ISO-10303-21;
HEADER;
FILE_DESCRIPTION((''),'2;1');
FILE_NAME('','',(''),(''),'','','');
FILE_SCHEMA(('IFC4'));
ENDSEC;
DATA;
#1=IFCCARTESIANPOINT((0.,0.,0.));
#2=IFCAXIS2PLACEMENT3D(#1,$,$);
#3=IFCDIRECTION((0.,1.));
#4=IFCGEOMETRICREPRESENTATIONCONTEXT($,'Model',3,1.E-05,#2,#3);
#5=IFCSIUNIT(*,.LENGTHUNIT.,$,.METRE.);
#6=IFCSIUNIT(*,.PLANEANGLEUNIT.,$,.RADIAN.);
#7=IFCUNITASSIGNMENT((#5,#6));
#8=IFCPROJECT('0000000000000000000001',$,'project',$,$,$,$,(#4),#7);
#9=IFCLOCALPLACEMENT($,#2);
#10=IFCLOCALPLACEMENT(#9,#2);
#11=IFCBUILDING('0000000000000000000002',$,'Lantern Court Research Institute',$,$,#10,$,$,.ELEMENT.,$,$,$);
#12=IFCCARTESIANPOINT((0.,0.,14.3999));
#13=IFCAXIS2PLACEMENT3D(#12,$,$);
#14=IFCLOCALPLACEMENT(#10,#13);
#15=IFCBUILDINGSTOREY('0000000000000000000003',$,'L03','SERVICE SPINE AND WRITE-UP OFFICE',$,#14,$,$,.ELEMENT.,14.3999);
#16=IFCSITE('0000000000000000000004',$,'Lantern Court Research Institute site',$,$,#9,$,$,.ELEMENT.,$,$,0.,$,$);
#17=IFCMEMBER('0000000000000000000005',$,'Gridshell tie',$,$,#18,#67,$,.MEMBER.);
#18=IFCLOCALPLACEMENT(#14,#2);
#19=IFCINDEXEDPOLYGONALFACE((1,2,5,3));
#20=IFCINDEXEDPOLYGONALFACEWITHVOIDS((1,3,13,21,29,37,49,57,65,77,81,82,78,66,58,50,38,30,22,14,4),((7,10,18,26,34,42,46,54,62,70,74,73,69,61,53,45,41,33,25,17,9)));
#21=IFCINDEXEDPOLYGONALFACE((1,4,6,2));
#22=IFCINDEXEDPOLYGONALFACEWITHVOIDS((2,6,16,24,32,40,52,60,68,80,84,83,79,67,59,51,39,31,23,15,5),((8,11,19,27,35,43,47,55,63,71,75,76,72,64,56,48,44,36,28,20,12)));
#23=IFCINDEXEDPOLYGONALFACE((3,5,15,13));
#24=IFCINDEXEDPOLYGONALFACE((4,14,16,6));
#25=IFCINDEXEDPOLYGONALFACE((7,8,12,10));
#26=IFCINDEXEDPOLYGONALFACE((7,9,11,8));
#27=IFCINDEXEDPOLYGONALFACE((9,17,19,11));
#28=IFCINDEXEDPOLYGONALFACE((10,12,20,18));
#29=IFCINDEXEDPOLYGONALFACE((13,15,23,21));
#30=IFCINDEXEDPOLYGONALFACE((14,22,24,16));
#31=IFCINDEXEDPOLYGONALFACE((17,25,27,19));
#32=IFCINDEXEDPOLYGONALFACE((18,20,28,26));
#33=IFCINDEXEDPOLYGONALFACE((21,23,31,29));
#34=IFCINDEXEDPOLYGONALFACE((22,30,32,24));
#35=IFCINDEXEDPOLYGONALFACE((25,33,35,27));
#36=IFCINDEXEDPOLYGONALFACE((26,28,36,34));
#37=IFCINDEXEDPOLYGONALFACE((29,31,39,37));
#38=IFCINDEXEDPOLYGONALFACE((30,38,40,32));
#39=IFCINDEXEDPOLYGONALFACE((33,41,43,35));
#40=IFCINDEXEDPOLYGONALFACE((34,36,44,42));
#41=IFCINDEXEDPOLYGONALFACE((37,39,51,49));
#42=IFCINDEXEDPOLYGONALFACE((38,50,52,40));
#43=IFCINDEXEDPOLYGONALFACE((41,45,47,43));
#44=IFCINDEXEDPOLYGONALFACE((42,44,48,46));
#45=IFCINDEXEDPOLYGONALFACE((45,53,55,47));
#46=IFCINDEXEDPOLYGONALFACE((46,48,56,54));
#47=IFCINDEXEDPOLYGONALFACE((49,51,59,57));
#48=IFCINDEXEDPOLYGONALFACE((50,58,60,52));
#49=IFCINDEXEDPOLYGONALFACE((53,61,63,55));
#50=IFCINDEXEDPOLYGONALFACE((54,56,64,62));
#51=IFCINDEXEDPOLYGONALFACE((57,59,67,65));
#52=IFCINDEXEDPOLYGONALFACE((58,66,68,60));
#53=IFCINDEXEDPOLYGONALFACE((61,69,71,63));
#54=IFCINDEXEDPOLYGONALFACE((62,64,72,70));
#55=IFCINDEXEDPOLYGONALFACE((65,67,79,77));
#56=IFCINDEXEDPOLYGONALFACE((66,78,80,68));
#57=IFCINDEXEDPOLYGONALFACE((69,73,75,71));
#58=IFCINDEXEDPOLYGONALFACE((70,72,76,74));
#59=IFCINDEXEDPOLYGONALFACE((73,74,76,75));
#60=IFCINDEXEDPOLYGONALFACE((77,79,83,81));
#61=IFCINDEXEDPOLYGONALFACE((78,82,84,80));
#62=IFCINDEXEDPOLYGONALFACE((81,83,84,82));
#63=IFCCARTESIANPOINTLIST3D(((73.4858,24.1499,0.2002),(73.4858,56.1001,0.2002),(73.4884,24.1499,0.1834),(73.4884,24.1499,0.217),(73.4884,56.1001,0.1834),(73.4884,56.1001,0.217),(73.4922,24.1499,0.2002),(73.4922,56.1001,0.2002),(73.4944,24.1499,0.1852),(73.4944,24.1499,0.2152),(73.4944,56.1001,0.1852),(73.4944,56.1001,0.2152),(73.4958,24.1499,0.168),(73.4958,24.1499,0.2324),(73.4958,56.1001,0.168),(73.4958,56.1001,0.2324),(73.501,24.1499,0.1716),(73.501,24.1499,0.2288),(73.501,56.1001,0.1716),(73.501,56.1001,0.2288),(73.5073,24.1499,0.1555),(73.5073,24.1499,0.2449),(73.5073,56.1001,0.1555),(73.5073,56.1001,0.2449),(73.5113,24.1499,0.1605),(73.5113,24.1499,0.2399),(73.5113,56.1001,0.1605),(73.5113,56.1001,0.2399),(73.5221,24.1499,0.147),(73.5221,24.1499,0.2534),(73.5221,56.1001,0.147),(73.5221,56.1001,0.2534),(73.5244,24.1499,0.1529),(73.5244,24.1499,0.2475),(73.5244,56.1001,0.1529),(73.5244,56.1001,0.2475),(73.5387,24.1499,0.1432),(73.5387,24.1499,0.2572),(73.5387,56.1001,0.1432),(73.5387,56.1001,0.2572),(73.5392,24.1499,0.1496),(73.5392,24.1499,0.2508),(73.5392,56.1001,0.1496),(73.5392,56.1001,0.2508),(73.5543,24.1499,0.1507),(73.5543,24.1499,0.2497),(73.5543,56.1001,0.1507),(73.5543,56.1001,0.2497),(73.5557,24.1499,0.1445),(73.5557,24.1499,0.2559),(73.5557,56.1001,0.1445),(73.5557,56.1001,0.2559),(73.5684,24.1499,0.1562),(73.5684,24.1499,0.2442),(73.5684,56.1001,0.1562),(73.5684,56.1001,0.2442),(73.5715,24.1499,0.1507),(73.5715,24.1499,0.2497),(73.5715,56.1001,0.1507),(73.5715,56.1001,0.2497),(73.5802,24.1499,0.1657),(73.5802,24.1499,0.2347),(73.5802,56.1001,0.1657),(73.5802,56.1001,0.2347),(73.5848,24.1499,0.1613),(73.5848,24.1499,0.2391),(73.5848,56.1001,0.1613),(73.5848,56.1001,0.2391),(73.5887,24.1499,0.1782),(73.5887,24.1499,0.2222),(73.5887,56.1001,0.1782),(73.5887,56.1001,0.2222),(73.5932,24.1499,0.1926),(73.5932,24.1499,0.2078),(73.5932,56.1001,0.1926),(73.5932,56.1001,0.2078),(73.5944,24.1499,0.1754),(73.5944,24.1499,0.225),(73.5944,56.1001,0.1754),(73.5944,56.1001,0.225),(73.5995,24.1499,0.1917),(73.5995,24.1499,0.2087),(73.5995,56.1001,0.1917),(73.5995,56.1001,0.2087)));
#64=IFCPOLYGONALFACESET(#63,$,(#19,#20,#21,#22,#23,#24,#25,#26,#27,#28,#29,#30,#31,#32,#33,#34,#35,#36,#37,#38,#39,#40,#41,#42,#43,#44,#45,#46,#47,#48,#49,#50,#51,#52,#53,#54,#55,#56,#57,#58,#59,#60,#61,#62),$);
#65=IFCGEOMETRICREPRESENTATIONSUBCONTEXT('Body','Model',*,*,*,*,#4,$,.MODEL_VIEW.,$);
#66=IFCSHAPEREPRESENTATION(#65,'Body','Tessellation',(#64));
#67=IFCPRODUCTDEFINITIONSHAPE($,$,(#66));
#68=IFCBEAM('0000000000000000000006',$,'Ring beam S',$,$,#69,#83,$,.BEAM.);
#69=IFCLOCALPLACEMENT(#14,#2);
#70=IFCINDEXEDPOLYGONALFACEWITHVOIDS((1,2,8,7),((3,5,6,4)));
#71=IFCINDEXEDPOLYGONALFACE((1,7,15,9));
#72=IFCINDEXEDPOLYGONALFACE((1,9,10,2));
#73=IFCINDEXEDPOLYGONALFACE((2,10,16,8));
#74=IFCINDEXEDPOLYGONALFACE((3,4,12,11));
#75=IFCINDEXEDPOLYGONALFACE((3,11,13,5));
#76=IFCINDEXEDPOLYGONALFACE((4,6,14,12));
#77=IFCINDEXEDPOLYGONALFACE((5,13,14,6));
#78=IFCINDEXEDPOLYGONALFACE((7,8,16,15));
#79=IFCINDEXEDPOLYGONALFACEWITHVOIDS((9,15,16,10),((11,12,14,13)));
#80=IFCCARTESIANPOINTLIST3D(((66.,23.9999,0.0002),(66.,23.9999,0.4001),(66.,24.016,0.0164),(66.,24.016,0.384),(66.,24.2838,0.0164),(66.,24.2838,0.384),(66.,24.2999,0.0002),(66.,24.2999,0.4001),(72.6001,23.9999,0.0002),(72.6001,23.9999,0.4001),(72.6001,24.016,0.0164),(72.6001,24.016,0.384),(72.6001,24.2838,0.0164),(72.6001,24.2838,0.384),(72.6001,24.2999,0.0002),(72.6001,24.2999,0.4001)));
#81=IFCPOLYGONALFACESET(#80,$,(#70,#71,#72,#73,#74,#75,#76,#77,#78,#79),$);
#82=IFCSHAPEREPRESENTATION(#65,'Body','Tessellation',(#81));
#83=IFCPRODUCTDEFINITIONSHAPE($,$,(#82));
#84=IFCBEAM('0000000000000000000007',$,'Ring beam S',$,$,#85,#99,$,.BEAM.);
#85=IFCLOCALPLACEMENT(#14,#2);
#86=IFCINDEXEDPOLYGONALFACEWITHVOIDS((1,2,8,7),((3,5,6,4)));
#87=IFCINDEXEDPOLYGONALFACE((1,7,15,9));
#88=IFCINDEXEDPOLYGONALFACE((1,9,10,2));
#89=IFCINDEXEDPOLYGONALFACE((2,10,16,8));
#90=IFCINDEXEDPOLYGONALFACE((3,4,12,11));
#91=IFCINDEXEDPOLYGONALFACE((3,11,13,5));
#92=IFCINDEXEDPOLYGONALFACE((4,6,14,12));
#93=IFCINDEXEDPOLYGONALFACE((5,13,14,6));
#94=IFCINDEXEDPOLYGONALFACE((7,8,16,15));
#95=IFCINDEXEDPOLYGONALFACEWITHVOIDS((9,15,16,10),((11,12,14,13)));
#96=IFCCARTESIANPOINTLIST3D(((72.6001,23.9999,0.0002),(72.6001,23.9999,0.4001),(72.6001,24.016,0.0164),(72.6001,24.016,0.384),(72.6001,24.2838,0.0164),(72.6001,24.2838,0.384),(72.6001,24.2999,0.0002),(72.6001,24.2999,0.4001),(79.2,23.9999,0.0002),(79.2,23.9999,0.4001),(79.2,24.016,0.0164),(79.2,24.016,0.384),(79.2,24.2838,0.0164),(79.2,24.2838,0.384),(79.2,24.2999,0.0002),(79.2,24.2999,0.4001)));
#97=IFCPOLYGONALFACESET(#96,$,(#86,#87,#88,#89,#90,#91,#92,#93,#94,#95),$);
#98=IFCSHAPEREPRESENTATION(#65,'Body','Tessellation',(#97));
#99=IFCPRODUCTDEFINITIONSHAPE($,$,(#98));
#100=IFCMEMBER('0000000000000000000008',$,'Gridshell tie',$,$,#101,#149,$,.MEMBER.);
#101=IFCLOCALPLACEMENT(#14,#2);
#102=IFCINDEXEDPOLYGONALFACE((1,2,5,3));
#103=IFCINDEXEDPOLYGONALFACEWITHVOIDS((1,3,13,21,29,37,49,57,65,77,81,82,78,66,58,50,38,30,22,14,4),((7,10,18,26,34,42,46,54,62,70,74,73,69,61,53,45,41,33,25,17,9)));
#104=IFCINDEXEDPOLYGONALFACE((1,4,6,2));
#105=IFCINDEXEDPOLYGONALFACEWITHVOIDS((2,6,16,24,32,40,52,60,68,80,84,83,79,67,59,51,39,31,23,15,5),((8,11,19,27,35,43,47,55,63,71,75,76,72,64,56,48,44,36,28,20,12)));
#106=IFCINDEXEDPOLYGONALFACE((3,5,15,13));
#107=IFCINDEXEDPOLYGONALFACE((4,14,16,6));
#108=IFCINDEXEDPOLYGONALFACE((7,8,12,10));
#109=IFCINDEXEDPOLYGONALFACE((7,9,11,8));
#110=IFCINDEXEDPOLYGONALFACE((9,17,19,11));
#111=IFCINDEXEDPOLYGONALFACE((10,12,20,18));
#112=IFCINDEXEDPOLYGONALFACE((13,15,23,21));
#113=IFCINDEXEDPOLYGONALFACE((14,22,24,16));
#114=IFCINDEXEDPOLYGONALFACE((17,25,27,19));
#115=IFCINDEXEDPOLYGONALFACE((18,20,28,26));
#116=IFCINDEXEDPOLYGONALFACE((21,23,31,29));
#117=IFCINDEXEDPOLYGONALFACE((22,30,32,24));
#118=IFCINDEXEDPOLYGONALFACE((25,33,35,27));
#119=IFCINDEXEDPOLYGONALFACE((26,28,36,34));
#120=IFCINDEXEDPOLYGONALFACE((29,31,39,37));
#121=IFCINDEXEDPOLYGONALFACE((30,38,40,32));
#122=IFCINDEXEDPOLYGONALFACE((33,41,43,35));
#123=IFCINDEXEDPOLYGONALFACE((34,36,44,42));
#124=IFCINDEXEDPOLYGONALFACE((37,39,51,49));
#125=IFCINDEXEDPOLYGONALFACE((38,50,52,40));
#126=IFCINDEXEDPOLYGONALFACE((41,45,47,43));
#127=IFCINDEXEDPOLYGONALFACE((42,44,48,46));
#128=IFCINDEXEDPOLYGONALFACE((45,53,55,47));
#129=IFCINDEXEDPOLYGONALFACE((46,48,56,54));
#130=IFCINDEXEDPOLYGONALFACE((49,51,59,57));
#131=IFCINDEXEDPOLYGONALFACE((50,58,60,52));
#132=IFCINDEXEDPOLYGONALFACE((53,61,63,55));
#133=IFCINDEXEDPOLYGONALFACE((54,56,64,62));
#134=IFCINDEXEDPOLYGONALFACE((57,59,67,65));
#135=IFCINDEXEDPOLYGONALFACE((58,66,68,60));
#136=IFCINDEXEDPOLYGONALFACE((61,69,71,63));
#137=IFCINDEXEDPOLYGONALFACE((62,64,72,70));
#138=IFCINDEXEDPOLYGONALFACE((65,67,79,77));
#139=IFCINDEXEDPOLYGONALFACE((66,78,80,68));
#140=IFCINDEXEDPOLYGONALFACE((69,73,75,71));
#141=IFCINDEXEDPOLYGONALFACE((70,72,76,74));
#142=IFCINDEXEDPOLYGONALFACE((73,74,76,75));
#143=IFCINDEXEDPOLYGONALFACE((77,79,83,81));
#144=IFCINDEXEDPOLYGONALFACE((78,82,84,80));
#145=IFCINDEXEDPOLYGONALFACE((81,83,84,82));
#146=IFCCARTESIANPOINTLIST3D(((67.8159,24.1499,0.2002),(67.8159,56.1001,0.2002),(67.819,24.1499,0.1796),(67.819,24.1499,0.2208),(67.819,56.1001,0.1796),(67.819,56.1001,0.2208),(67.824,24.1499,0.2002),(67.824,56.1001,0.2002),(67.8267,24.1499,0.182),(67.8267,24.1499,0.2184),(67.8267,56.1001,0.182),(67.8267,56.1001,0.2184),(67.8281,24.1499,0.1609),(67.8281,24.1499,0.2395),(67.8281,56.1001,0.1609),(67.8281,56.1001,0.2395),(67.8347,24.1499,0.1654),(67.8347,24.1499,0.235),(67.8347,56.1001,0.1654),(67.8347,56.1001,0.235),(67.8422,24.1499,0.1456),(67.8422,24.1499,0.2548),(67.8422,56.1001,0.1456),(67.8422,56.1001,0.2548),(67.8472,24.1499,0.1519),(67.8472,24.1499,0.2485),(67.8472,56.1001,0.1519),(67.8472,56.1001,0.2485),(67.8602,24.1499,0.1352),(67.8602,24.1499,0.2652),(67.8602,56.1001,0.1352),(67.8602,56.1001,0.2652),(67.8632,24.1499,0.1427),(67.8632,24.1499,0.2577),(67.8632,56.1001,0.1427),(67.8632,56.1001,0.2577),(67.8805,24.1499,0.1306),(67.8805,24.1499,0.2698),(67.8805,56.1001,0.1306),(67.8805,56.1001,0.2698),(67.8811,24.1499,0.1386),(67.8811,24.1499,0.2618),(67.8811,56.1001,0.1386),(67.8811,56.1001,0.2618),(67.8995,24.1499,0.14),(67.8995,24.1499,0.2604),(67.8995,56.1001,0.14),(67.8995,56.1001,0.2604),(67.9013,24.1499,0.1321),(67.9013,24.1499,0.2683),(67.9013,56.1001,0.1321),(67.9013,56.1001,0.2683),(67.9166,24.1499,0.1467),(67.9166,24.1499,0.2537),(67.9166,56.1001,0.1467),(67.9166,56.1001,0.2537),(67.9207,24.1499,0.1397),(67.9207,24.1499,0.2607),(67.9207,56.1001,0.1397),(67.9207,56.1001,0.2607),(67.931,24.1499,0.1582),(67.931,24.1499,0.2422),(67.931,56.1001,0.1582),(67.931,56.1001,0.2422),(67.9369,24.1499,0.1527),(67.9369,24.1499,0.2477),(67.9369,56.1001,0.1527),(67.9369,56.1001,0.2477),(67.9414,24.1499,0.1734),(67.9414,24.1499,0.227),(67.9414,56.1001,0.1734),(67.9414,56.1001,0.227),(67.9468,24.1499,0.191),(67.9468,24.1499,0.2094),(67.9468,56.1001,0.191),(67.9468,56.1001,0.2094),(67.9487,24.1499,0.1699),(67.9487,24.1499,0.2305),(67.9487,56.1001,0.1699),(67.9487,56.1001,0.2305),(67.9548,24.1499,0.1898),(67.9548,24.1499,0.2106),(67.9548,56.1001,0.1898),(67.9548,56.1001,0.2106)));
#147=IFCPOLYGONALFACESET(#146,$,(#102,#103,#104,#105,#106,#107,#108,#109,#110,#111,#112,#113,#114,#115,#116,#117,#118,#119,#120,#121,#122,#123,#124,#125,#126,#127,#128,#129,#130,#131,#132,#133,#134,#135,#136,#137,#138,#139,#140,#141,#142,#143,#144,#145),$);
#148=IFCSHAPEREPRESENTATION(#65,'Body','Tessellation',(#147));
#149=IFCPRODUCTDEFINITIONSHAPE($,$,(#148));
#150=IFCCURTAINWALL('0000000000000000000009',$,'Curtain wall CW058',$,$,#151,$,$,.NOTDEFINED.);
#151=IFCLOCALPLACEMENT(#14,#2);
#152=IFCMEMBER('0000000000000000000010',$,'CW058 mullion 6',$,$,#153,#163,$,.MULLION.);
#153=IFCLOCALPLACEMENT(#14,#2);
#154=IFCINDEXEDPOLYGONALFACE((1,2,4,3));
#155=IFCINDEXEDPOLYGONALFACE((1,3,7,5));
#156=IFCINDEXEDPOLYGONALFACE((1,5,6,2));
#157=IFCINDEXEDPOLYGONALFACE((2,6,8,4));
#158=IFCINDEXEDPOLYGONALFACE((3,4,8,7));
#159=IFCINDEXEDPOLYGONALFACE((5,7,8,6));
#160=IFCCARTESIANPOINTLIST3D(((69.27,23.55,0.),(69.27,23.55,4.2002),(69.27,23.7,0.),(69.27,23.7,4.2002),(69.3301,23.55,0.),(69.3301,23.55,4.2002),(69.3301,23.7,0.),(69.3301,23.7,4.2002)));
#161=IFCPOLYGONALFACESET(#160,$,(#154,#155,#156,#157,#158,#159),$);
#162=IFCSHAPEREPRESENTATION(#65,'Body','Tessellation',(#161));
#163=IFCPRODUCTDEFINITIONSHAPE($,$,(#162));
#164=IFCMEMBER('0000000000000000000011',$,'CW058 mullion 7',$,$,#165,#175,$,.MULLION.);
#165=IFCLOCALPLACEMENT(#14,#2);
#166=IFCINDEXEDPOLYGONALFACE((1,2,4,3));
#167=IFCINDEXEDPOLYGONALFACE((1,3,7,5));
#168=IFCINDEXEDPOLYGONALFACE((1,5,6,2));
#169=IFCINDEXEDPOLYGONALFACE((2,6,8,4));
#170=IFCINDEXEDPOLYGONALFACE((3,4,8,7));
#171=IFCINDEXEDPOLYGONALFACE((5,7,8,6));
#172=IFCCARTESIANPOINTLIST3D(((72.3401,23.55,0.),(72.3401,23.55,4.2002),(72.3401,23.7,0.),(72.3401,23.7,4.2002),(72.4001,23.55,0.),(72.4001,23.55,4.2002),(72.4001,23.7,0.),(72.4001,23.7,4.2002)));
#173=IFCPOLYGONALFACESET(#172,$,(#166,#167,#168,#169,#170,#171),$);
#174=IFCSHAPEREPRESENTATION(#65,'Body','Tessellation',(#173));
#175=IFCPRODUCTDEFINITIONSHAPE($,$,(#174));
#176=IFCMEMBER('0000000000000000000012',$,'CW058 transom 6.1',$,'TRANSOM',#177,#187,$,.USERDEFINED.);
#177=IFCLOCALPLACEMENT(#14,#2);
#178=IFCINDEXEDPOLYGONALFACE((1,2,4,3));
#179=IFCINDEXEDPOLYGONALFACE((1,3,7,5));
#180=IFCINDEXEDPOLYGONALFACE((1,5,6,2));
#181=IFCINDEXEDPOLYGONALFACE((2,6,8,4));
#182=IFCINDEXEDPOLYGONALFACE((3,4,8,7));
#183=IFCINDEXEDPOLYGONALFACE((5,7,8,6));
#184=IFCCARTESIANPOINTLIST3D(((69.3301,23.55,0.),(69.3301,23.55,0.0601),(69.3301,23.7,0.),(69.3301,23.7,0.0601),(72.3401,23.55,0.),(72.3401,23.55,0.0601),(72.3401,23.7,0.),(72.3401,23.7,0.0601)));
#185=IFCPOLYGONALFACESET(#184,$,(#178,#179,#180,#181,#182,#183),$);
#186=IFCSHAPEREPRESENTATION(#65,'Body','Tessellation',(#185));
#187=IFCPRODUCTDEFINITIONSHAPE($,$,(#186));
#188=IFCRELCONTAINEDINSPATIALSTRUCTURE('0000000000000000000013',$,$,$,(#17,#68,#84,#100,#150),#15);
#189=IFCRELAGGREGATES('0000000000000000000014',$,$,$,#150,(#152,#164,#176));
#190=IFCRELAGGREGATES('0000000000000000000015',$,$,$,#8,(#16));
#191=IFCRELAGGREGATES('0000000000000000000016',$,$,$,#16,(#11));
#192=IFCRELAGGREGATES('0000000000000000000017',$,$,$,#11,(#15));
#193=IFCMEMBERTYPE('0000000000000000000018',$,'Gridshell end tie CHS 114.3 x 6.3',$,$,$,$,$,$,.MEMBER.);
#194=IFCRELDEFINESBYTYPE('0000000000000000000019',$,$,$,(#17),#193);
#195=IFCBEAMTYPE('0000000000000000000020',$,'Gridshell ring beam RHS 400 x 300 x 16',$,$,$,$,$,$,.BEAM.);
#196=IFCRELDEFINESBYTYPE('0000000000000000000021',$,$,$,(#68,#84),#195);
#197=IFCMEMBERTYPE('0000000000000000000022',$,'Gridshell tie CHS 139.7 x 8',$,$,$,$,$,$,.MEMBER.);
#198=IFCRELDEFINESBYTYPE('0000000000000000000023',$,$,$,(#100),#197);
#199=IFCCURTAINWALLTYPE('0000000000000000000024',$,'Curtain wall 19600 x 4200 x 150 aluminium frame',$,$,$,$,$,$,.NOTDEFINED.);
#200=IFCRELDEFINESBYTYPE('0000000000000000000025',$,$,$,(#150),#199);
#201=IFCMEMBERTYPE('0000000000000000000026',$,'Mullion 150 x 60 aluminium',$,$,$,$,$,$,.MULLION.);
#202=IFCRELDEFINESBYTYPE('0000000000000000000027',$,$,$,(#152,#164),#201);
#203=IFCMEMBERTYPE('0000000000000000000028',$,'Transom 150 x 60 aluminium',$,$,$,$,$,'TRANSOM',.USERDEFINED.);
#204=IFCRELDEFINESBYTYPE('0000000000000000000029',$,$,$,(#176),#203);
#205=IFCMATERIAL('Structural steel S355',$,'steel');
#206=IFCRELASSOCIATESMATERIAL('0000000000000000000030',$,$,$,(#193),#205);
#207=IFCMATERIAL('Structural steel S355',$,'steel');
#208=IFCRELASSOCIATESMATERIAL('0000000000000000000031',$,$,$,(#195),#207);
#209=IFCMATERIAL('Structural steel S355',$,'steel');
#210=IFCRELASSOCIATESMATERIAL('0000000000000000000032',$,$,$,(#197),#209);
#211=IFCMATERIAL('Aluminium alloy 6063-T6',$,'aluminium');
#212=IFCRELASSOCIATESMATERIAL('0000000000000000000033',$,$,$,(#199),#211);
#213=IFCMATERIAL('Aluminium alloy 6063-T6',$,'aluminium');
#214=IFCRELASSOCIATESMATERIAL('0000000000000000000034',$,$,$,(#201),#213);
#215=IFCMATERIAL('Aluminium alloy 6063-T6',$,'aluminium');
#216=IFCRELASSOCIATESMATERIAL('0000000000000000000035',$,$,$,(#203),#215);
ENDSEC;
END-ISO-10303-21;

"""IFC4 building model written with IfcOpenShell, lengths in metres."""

from ifc_helpers import new_model, si_unit, direction, frame, origin, origin_2d, place, context, subcontext, project, spatial, rectangle, hollow_rectangle, hollow_circle, extrude, material, material_profile, profile_set, type_object, element, aggregate, save


model = new_model("IFC4")

# Units and contexts
model_context = context("Model", 3, precision=1e-05, world=origin(), true_north=direction((0.0, 1.0)))
body_context = subcontext(model_context, "Body", "Model", "MODEL_VIEW")
ifc_project = project(units=[si_unit("LENGTHUNIT", "METRE"), si_unit("PLANEANGLEUNIT", "RADIAN")], contexts=[model_context])

# Site, building, storey
site_placement = place(None, origin())
site = spatial("IfcSite", under=ifc_project, at=site_placement, Name="Lantern Court Research Institute site", CompositionType="ELEMENT", RefElevation=0.0)
building_placement = place(site_placement, origin())
building = spatial("IfcBuilding", under=site, at=building_placement, Name="Lantern Court Research Institute", CompositionType="ELEMENT")
storey_placement = place(building_placement, frame((0.0, 0.0, 14.3999)))
storey = spatial("IfcBuildingStorey", under=building, at=storey_placement, Name="L03", Description="SERVICE SPINE AND WRITE-UP OFFICE", CompositionType="ELEMENT", Elevation=14.3999)

# Member
ifc_material_1 = material(Name="Structural steel S355", Category="steel")
ifc_material_profile_1 = material_profile(ifc_material_1, hollow_circle(Radius=0.0571, WallThickness=0.0063, at=origin_2d()), Name="Gridshell end tie CHS 114.3 x 6.3")
ifc_profile_set_1 = profile_set([ifc_material_profile_1], Name="Structural steel S355")
member_type_1 = type_object("IfcMemberType", Name="Gridshell end tie CHS 114.3 x 6.3", PredefinedType="MEMBER", material=ifc_profile_set_1)
member_1_placement = place(storey_placement, frame((73.543, 24.1499, 0.2002), z_axis=(0.0, 1.0, 0.0), x_axis=(-1.0, 0.0, 0.0)))
element("IfcMember", 1, at=member_1_placement, inside=storey, type_object=member_type_1, Name="Gridshell tie", PredefinedType="MEMBER", context=body_context, shape_type="SweptSolid", body=[
    extrude(hollow_circle(Radius=0.0571, WallThickness=0.0063, at=origin_2d()), origin(), (0.0, 0.0, 1.0), 31.9502),
])

# Beams
ifc_material_2 = material(Name="Structural steel S355", Category="steel")
ifc_material_profile_2 = material_profile(ifc_material_2, hollow_rectangle(XDim=0.3, YDim=0.3999, WallThickness=0.0161, at=origin_2d()), Name="Gridshell ring beam RHS 400 x 300 x 16")
ifc_profile_set_2 = profile_set([ifc_material_profile_2], Name="Structural steel S355")
beam_type = type_object("IfcBeamType", Name="Gridshell ring beam RHS 400 x 300 x 16", PredefinedType="BEAM", material=ifc_profile_set_2)
beam_1_placement = place(storey_placement, frame((66.0, 24.1499, 0.2002), z_axis=(1.0, 0.0, 0.0), x_axis=(0.0, 1.0, 0.0)))
element("IfcBeam", 2, at=beam_1_placement, inside=storey, type_object=beam_type, Name="Ring beam S", PredefinedType="BEAM", context=body_context, shape_type="SweptSolid", body=[
    extrude(hollow_rectangle(XDim=0.3, YDim=0.3999, WallThickness=0.0161, at=origin_2d()), origin(), (0.0, 0.0, 1.0), 6.6001),
])
beam_2_placement = place(storey_placement, frame((72.6001, 24.1499, 0.2002), z_axis=(1.0, 0.0, 0.0), x_axis=(0.0, 1.0, 0.0)))
element("IfcBeam", 3, at=beam_2_placement, inside=storey, type_object=beam_type, Name="Ring beam S", PredefinedType="BEAM", context=body_context, shape_type="SweptSolid", body=[
    extrude(hollow_rectangle(XDim=0.3, YDim=0.3999, WallThickness=0.0161, at=origin_2d()), origin(), (0.0, 0.0, 1.0), 6.5999),
])

# Member
ifc_material_3 = material(Name="Structural steel S355", Category="steel")
ifc_material_profile_3 = material_profile(ifc_material_3, hollow_circle(Radius=0.0698, WallThickness=0.0081, at=origin_2d()), Name="Gridshell tie CHS 139.7 x 8")
ifc_profile_set_3 = profile_set([ifc_material_profile_3], Name="Structural steel S355")
member_type_2 = type_object("IfcMemberType", Name="Gridshell tie CHS 139.7 x 8", PredefinedType="MEMBER", material=ifc_profile_set_3)
member_2_placement = place(storey_placement, frame((67.8857, 24.1499, 0.2002), z_axis=(0.0, 1.0, 0.0), x_axis=(-1.0, 0.0, 0.0)))
element("IfcMember", 4, at=member_2_placement, inside=storey, type_object=member_type_2, Name="Gridshell tie", PredefinedType="MEMBER", context=body_context, shape_type="SweptSolid", body=[
    extrude(hollow_circle(Radius=0.0698, WallThickness=0.0081, at=origin_2d()), origin(), (0.0, 0.0, 1.0), 31.9502),
])

# Curtain wall, members
ifc_material_4 = material(Name="Aluminium alloy 6063-T6", Category="aluminium")
curtain_wall_type = type_object("IfcCurtainWallType", Name="Curtain wall 19600 x 4200 x 150 aluminium frame", PredefinedType="NOTDEFINED", material=ifc_material_4)
curtain_wall_placement = place(storey_placement, origin())
curtain_wall = element("IfcCurtainWall", 5, at=curtain_wall_placement, inside=storey, type_object=curtain_wall_type, Name="Curtain wall CW058", PredefinedType="NOTDEFINED")
ifc_material_5 = material(Name="Aluminium alloy 6063-T6", Category="aluminium")
ifc_material_profile_4 = material_profile(ifc_material_5, rectangle(XDim=0.1499, YDim=0.0601, at=origin_2d()), Name="Mullion 150 x 60")
ifc_profile_set_4 = profile_set([ifc_material_profile_4], Name="Aluminium alloy 6063-T6")
member_type_3 = type_object("IfcMemberType", Name="Mullion 150 x 60 aluminium", PredefinedType="MULLION", material=ifc_profile_set_4)
member_3_placement = place(storey_placement, frame((69.3, 23.625, 0.0), z_axis=(0.0, 0.0, 1.0), x_axis=(0.0, 1.0, 0.0)))
member_3 = element("IfcMember", 6, at=member_3_placement, type_object=member_type_3, Name="CW058 mullion 6", PredefinedType="MULLION", context=body_context, shape_type="SweptSolid", body=[
    extrude(rectangle(XDim=0.1499, YDim=0.0601, at=origin_2d()), origin(), (0.0, 0.0, 1.0), 4.2002),
])
member_4_placement = place(storey_placement, frame((72.3701, 23.625, 0.0), z_axis=(0.0, 0.0, 1.0), x_axis=(0.0, 1.0, 0.0)))
member_4 = element("IfcMember", 7, at=member_4_placement, type_object=member_type_3, Name="CW058 mullion 7", PredefinedType="MULLION", context=body_context, shape_type="SweptSolid", body=[
    extrude(rectangle(XDim=0.1499, YDim=0.0601, at=origin_2d()), origin(), (0.0, 0.0, 1.0), 4.2002),
])
ifc_material_6 = material(Name="Aluminium alloy 6063-T6", Category="aluminium")
ifc_material_profile_5 = material_profile(ifc_material_6, rectangle(XDim=0.1499, YDim=0.0601, at=origin_2d()), Name="Transom 150 x 60")
ifc_profile_set_5 = profile_set([ifc_material_profile_5], Name="Aluminium alloy 6063-T6")
member_type_4 = type_object("IfcMemberType", Name="Transom 150 x 60 aluminium", ElementType="TRANSOM", PredefinedType="USERDEFINED", material=ifc_profile_set_5)
member_5_placement = place(storey_placement, frame((69.3301, 23.625, 0.03), z_axis=(1.0, 0.0, 0.0), x_axis=(0.0, 1.0, 0.0)))
member_5 = element("IfcMember", 8, at=member_5_placement, type_object=member_type_4, Name="CW058 transom 6.1", ObjectType="TRANSOM", PredefinedType="USERDEFINED", context=body_context, shape_type="SweptSolid", body=[
    extrude(rectangle(XDim=0.1499, YDim=0.0601, at=origin_2d()), origin(), (0.0, 0.0, 1.0), 3.01),
])

aggregate(curtain_wall, [member_3, member_4, member_5])

save(model, "model.ifc")
